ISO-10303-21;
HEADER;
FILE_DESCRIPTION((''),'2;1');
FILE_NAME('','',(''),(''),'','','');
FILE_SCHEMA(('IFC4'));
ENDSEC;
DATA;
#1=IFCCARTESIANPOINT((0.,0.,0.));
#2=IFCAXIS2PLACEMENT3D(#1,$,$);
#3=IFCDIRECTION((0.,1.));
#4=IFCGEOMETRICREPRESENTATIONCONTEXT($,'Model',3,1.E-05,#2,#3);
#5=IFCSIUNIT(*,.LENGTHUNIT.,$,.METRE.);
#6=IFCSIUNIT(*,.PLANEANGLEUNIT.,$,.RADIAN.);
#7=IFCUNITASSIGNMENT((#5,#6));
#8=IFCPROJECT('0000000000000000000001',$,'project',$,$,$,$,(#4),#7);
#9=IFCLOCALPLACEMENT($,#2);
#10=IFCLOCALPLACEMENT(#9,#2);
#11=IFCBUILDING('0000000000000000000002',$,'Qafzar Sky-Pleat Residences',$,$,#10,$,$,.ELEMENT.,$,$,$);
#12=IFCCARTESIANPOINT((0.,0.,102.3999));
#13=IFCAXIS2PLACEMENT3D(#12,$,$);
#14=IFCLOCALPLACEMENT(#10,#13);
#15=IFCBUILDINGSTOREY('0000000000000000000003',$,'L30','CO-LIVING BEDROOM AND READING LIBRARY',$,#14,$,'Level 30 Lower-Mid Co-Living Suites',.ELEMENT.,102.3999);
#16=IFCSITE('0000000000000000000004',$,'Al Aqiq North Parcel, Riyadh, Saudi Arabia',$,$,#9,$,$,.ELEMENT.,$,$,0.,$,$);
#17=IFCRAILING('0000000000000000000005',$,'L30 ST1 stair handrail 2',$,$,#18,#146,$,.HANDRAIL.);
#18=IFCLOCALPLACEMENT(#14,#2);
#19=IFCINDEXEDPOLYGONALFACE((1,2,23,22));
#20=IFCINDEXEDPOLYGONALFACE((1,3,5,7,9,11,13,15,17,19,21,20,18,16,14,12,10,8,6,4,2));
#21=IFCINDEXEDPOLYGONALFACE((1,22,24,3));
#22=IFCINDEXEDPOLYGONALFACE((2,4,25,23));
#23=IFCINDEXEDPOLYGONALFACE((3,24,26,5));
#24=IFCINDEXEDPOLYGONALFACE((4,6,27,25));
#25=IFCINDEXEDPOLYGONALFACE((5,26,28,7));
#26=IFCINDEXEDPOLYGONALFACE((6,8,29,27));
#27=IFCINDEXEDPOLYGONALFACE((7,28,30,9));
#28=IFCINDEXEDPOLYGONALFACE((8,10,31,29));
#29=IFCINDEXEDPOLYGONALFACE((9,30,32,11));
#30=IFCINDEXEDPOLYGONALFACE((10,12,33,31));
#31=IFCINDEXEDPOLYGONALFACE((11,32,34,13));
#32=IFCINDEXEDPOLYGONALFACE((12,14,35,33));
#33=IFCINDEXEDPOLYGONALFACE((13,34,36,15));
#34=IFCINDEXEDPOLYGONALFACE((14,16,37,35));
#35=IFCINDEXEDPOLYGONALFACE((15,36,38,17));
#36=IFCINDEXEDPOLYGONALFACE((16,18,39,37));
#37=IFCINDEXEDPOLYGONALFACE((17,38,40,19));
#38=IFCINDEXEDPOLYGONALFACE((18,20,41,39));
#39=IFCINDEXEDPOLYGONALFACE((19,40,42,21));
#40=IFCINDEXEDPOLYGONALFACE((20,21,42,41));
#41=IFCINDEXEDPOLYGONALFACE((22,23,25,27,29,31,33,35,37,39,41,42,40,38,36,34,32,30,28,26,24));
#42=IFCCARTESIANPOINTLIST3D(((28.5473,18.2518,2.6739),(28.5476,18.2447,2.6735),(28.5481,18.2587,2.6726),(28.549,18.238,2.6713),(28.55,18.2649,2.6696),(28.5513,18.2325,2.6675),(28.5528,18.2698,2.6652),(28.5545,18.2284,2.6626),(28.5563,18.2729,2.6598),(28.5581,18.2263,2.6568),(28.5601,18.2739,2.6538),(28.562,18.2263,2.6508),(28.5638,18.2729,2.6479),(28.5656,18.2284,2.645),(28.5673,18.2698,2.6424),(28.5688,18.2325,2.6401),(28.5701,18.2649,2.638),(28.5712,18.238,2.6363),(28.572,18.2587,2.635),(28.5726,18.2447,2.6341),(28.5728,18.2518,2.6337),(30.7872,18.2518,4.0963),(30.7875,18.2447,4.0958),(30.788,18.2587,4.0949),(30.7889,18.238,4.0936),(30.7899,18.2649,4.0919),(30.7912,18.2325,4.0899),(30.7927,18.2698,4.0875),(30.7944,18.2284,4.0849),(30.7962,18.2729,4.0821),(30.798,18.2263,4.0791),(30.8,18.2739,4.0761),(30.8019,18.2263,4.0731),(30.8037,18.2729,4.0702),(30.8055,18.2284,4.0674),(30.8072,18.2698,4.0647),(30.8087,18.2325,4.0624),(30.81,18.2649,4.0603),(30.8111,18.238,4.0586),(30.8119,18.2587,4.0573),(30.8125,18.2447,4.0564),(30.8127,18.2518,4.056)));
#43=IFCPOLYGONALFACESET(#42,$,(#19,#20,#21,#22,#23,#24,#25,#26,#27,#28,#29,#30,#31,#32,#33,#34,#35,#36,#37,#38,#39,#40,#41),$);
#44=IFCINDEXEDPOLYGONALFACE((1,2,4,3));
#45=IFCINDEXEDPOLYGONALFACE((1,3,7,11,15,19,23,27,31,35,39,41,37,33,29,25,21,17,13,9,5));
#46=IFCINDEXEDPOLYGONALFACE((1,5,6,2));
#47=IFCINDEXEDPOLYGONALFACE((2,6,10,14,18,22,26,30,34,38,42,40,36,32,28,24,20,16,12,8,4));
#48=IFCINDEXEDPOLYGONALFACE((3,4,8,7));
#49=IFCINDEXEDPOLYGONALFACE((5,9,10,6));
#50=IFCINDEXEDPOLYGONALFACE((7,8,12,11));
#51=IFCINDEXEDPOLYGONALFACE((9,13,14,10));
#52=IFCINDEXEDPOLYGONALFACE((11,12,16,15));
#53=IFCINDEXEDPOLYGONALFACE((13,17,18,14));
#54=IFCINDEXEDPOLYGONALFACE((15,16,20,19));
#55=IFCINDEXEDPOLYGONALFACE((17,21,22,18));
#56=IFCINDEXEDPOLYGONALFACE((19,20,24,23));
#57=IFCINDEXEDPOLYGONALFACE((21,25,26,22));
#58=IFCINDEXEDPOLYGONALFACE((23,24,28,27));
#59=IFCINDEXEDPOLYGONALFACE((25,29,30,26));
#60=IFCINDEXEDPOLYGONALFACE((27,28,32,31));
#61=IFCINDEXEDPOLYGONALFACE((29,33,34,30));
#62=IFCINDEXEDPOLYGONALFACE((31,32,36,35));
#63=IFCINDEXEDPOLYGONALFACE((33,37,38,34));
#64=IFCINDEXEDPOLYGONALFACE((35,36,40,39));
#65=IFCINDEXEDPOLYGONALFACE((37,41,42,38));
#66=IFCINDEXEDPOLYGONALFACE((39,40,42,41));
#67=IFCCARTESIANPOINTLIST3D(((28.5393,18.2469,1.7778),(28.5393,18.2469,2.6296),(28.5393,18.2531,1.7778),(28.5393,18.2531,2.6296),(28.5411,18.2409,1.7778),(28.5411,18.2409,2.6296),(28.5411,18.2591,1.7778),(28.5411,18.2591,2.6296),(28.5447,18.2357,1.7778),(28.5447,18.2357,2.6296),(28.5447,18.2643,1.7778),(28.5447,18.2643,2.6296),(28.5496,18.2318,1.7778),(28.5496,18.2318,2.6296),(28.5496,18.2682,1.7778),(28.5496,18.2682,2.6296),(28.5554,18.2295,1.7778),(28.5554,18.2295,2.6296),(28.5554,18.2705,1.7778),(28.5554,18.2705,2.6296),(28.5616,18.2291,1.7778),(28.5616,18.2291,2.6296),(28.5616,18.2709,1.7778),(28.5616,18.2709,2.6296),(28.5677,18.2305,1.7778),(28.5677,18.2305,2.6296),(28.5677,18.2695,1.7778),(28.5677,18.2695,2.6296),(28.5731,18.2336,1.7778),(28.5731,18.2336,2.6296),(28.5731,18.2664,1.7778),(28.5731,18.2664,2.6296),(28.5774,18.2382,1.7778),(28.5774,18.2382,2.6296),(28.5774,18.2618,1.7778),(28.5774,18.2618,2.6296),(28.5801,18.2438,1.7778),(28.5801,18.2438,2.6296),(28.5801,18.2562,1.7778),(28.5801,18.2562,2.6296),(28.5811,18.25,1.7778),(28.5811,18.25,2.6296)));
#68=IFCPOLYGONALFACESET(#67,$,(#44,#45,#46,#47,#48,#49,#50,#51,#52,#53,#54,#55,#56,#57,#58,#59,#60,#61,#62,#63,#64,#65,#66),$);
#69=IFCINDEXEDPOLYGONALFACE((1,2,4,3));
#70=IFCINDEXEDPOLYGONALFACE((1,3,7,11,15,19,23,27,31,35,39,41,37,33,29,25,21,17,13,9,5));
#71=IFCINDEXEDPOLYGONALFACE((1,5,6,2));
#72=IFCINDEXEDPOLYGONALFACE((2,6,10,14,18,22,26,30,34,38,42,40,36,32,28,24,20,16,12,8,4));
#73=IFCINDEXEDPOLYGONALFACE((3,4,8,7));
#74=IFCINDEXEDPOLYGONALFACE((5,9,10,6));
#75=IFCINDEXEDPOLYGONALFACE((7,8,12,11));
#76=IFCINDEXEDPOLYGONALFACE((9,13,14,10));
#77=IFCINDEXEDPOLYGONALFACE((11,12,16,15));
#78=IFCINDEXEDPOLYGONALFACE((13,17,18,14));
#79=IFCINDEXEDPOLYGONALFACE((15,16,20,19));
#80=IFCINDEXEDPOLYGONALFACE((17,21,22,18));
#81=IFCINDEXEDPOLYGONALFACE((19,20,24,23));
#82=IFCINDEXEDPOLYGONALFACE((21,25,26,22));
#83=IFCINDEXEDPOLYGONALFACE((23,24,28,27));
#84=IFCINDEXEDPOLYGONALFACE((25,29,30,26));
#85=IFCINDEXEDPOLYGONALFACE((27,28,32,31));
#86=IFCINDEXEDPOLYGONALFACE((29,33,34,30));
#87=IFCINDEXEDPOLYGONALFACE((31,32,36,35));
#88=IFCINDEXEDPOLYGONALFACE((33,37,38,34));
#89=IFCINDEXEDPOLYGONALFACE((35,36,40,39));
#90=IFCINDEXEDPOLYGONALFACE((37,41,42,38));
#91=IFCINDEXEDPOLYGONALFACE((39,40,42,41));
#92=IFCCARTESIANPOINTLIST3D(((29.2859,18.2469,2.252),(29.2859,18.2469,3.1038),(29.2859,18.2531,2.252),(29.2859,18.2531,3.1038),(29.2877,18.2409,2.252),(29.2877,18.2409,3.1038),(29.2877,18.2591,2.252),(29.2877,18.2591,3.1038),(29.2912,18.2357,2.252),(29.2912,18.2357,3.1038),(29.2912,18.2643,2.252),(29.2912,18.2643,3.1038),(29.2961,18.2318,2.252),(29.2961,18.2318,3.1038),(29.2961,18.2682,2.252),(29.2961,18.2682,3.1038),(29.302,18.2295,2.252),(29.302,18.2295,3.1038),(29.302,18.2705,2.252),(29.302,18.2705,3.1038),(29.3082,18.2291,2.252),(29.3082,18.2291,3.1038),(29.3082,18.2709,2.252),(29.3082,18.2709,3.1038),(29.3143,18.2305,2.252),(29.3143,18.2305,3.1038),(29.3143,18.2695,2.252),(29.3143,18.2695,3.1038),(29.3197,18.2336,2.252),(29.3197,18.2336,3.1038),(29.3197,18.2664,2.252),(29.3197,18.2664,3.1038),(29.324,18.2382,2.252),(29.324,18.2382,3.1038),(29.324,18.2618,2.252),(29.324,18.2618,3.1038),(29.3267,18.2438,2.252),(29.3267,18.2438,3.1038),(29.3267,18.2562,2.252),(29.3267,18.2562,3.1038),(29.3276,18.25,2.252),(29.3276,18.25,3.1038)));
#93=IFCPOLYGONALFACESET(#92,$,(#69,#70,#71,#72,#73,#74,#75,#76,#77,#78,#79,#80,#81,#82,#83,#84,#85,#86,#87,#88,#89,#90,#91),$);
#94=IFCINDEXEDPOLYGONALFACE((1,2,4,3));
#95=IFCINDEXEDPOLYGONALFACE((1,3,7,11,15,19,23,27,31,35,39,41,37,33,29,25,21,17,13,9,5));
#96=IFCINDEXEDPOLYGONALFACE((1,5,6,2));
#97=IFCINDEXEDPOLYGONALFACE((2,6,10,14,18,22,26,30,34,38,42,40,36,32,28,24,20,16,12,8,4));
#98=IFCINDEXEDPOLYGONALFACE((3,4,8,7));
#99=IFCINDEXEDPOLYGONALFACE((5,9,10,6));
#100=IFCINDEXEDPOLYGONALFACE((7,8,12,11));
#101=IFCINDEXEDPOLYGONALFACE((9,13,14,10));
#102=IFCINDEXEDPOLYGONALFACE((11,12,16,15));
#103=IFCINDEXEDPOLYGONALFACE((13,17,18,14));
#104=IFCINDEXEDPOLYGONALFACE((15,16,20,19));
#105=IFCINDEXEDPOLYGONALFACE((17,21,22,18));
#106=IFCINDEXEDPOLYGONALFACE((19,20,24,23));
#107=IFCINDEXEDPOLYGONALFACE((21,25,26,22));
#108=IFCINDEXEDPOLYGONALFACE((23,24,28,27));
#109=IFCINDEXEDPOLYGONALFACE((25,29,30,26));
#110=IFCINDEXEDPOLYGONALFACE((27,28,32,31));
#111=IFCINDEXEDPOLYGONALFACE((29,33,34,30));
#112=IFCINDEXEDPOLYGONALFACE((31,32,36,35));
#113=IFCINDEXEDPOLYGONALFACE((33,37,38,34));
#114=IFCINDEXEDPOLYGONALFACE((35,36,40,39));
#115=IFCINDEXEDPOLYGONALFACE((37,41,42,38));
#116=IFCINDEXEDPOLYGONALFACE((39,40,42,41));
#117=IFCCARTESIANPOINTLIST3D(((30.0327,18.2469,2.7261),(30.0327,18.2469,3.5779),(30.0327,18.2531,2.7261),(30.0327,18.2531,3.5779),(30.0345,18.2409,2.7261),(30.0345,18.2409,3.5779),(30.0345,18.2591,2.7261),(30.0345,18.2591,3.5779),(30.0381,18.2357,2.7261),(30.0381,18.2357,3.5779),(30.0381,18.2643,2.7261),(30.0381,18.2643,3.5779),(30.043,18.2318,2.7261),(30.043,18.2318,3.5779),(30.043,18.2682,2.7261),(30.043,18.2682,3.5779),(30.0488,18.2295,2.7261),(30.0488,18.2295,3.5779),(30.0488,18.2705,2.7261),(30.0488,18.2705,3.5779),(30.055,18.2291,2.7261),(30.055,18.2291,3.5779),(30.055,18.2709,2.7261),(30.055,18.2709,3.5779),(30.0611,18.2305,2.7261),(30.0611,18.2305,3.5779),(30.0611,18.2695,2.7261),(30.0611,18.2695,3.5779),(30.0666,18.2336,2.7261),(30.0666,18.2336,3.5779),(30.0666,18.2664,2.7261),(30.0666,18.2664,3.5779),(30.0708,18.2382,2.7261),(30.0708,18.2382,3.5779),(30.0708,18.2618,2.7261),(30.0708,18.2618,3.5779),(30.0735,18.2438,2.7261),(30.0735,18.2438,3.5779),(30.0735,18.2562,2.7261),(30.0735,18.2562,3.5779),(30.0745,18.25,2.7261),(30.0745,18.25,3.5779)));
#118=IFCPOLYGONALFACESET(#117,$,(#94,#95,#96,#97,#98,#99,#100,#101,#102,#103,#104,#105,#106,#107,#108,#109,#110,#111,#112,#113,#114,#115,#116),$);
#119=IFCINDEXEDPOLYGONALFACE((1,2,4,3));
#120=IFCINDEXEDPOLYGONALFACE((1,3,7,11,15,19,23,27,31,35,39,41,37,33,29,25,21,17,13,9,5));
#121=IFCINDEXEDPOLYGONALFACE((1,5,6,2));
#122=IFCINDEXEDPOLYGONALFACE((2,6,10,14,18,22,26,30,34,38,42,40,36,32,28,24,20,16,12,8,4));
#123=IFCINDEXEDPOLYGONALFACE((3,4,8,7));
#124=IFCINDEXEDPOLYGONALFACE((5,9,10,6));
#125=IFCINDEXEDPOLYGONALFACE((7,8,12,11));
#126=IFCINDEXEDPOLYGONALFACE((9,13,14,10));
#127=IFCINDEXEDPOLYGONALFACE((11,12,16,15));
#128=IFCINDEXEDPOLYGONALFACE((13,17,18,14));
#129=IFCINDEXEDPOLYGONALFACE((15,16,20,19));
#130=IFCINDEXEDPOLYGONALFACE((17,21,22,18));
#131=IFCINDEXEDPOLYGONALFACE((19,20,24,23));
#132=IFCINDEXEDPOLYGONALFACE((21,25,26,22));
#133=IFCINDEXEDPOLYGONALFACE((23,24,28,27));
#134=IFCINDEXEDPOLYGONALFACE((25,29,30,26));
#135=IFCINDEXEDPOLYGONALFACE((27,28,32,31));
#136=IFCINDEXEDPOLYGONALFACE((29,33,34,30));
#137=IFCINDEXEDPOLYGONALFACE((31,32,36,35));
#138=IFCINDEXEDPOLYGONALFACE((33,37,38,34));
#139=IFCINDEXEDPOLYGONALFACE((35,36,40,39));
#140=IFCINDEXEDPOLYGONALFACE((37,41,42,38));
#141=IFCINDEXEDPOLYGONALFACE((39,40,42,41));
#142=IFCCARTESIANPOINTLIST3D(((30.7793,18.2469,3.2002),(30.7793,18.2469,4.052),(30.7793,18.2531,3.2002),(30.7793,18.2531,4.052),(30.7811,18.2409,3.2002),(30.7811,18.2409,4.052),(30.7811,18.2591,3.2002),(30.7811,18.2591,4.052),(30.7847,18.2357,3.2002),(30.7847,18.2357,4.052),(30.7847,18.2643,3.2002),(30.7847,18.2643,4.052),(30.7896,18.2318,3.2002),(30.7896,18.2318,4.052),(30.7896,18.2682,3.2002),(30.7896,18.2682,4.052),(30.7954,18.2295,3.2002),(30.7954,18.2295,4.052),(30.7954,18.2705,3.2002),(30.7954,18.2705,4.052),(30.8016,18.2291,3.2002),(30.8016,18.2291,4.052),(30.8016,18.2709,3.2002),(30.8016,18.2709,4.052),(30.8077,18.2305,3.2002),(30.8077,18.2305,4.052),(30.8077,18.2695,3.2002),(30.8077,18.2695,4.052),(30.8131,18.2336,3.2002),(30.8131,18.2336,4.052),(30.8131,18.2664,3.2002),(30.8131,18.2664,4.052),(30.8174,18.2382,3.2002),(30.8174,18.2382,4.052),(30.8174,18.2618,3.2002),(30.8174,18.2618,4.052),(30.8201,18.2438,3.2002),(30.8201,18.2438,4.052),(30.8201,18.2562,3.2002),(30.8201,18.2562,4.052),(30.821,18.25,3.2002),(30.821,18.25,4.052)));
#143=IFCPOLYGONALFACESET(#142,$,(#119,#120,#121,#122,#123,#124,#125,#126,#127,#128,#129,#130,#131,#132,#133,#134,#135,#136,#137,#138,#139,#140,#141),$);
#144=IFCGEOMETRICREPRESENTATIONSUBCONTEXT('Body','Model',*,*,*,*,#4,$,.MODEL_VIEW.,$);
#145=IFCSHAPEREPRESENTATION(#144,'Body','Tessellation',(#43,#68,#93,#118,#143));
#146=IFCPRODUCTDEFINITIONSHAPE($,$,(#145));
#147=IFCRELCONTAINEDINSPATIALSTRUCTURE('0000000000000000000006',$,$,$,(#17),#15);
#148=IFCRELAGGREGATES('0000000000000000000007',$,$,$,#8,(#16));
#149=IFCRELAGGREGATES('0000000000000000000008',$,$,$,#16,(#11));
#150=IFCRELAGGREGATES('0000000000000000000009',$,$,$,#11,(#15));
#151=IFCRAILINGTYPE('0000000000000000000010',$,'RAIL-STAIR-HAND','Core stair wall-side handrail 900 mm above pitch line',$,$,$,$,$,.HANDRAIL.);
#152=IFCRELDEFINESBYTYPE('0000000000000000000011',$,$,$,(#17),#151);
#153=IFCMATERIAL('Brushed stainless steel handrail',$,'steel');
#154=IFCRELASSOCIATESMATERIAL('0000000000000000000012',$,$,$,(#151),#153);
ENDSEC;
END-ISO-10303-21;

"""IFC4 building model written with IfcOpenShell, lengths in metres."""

from ifc_helpers import new_model, si_unit, direction, frame, origin, origin_2d, place, context, subcontext, project, spatial, circle, extrude, source, transform, mapped, material, type_object, element, save


model = new_model("IFC4")

# Units and contexts
model_context = context("Model", 3, precision=1e-05, world=origin(), true_north=direction((0.0, 1.0)))
body_context = subcontext(model_context, "Body", "Model", "MODEL_VIEW")
ifc_project = project(units=[si_unit("LENGTHUNIT", "METRE"), si_unit("PLANEANGLEUNIT", "RADIAN")], contexts=[model_context])

# Site, building, storey
site_placement = place(None, origin())
site = spatial("IfcSite", under=ifc_project, at=site_placement, Name="Al Aqiq North Parcel, Riyadh, Saudi Arabia", CompositionType="ELEMENT", RefElevation=0.0)
building_placement = place(site_placement, origin())
building = spatial("IfcBuilding", under=site, at=building_placement, Name="Qafzar Sky-Pleat Residences", CompositionType="ELEMENT")
storey_placement = place(building_placement, frame((0.0, 0.0, 102.3999)))
storey = spatial("IfcBuildingStorey", under=building, at=storey_placement, Name="L30", Description="CO-LIVING BEDROOM AND READING LIBRARY", LongName="Level 30 Lower-Mid Co-Living Suites", CompositionType="ELEMENT", Elevation=102.3999)

# Railing
ifc_material_1 = material(Name="Brushed stainless steel handrail", Category="steel")
railing_type_1 = type_object("IfcRailingType", Name="RAIL-STAIR-HAND", Description="Core stair wall-side handrail 900 mm above pitch line", PredefinedType="HANDRAIL", material=ifc_material_1)
shared_shape_1 = source(origin(), body_context, "Body", "SweptSolid", [
    extrude(circle(Radius=0.0239, at=origin_2d()), frame((0.0, 0.0, 0.876), z_axis=(0.844188, 0.0, 0.536048), x_axis=(0.0, 1.0, 0.0)), (0.0, 0.0, 1.0), 2.6533),
    extrude(circle(Radius=0.021, at=origin_2d()), origin(), (0.0, 0.0, 1.0), 0.8518),
    extrude(circle(Radius=0.021, at=origin_2d()), frame((0.7466, 0.0, 0.4741)), (0.0, 0.0, 1.0), 0.8518),
    extrude(circle(Radius=0.021, at=origin_2d()), frame((1.4934, 0.0, 0.9482)), (0.0, 0.0, 1.0), 0.8518),
    extrude(circle(Radius=0.021, at=origin_2d()), frame((2.24, 0.0, 1.4224)), (0.0, 0.0, 1.0), 0.8518),
])
railing_1_placement = place(storey_placement, frame((28.5601, 18.25, 1.7778)))
element("IfcRailing", 1, at=railing_1_placement, inside=storey, type_object=railing_type_1, Name="L30 ST1 stair handrail 2", PredefinedType="HANDRAIL", context=body_context, shape_type="MappedRepresentation", body=[
    mapped(shared_shape_1, transform((0.0, 0.0, 0.0), x_axis=(1.0, 0.0, 0.0), y_axis=(0.0, 1.0, 0.0), z_axis=(0.0, 0.0, 1.0), scale=1.0)),
])

save(model, "model.ifc")
